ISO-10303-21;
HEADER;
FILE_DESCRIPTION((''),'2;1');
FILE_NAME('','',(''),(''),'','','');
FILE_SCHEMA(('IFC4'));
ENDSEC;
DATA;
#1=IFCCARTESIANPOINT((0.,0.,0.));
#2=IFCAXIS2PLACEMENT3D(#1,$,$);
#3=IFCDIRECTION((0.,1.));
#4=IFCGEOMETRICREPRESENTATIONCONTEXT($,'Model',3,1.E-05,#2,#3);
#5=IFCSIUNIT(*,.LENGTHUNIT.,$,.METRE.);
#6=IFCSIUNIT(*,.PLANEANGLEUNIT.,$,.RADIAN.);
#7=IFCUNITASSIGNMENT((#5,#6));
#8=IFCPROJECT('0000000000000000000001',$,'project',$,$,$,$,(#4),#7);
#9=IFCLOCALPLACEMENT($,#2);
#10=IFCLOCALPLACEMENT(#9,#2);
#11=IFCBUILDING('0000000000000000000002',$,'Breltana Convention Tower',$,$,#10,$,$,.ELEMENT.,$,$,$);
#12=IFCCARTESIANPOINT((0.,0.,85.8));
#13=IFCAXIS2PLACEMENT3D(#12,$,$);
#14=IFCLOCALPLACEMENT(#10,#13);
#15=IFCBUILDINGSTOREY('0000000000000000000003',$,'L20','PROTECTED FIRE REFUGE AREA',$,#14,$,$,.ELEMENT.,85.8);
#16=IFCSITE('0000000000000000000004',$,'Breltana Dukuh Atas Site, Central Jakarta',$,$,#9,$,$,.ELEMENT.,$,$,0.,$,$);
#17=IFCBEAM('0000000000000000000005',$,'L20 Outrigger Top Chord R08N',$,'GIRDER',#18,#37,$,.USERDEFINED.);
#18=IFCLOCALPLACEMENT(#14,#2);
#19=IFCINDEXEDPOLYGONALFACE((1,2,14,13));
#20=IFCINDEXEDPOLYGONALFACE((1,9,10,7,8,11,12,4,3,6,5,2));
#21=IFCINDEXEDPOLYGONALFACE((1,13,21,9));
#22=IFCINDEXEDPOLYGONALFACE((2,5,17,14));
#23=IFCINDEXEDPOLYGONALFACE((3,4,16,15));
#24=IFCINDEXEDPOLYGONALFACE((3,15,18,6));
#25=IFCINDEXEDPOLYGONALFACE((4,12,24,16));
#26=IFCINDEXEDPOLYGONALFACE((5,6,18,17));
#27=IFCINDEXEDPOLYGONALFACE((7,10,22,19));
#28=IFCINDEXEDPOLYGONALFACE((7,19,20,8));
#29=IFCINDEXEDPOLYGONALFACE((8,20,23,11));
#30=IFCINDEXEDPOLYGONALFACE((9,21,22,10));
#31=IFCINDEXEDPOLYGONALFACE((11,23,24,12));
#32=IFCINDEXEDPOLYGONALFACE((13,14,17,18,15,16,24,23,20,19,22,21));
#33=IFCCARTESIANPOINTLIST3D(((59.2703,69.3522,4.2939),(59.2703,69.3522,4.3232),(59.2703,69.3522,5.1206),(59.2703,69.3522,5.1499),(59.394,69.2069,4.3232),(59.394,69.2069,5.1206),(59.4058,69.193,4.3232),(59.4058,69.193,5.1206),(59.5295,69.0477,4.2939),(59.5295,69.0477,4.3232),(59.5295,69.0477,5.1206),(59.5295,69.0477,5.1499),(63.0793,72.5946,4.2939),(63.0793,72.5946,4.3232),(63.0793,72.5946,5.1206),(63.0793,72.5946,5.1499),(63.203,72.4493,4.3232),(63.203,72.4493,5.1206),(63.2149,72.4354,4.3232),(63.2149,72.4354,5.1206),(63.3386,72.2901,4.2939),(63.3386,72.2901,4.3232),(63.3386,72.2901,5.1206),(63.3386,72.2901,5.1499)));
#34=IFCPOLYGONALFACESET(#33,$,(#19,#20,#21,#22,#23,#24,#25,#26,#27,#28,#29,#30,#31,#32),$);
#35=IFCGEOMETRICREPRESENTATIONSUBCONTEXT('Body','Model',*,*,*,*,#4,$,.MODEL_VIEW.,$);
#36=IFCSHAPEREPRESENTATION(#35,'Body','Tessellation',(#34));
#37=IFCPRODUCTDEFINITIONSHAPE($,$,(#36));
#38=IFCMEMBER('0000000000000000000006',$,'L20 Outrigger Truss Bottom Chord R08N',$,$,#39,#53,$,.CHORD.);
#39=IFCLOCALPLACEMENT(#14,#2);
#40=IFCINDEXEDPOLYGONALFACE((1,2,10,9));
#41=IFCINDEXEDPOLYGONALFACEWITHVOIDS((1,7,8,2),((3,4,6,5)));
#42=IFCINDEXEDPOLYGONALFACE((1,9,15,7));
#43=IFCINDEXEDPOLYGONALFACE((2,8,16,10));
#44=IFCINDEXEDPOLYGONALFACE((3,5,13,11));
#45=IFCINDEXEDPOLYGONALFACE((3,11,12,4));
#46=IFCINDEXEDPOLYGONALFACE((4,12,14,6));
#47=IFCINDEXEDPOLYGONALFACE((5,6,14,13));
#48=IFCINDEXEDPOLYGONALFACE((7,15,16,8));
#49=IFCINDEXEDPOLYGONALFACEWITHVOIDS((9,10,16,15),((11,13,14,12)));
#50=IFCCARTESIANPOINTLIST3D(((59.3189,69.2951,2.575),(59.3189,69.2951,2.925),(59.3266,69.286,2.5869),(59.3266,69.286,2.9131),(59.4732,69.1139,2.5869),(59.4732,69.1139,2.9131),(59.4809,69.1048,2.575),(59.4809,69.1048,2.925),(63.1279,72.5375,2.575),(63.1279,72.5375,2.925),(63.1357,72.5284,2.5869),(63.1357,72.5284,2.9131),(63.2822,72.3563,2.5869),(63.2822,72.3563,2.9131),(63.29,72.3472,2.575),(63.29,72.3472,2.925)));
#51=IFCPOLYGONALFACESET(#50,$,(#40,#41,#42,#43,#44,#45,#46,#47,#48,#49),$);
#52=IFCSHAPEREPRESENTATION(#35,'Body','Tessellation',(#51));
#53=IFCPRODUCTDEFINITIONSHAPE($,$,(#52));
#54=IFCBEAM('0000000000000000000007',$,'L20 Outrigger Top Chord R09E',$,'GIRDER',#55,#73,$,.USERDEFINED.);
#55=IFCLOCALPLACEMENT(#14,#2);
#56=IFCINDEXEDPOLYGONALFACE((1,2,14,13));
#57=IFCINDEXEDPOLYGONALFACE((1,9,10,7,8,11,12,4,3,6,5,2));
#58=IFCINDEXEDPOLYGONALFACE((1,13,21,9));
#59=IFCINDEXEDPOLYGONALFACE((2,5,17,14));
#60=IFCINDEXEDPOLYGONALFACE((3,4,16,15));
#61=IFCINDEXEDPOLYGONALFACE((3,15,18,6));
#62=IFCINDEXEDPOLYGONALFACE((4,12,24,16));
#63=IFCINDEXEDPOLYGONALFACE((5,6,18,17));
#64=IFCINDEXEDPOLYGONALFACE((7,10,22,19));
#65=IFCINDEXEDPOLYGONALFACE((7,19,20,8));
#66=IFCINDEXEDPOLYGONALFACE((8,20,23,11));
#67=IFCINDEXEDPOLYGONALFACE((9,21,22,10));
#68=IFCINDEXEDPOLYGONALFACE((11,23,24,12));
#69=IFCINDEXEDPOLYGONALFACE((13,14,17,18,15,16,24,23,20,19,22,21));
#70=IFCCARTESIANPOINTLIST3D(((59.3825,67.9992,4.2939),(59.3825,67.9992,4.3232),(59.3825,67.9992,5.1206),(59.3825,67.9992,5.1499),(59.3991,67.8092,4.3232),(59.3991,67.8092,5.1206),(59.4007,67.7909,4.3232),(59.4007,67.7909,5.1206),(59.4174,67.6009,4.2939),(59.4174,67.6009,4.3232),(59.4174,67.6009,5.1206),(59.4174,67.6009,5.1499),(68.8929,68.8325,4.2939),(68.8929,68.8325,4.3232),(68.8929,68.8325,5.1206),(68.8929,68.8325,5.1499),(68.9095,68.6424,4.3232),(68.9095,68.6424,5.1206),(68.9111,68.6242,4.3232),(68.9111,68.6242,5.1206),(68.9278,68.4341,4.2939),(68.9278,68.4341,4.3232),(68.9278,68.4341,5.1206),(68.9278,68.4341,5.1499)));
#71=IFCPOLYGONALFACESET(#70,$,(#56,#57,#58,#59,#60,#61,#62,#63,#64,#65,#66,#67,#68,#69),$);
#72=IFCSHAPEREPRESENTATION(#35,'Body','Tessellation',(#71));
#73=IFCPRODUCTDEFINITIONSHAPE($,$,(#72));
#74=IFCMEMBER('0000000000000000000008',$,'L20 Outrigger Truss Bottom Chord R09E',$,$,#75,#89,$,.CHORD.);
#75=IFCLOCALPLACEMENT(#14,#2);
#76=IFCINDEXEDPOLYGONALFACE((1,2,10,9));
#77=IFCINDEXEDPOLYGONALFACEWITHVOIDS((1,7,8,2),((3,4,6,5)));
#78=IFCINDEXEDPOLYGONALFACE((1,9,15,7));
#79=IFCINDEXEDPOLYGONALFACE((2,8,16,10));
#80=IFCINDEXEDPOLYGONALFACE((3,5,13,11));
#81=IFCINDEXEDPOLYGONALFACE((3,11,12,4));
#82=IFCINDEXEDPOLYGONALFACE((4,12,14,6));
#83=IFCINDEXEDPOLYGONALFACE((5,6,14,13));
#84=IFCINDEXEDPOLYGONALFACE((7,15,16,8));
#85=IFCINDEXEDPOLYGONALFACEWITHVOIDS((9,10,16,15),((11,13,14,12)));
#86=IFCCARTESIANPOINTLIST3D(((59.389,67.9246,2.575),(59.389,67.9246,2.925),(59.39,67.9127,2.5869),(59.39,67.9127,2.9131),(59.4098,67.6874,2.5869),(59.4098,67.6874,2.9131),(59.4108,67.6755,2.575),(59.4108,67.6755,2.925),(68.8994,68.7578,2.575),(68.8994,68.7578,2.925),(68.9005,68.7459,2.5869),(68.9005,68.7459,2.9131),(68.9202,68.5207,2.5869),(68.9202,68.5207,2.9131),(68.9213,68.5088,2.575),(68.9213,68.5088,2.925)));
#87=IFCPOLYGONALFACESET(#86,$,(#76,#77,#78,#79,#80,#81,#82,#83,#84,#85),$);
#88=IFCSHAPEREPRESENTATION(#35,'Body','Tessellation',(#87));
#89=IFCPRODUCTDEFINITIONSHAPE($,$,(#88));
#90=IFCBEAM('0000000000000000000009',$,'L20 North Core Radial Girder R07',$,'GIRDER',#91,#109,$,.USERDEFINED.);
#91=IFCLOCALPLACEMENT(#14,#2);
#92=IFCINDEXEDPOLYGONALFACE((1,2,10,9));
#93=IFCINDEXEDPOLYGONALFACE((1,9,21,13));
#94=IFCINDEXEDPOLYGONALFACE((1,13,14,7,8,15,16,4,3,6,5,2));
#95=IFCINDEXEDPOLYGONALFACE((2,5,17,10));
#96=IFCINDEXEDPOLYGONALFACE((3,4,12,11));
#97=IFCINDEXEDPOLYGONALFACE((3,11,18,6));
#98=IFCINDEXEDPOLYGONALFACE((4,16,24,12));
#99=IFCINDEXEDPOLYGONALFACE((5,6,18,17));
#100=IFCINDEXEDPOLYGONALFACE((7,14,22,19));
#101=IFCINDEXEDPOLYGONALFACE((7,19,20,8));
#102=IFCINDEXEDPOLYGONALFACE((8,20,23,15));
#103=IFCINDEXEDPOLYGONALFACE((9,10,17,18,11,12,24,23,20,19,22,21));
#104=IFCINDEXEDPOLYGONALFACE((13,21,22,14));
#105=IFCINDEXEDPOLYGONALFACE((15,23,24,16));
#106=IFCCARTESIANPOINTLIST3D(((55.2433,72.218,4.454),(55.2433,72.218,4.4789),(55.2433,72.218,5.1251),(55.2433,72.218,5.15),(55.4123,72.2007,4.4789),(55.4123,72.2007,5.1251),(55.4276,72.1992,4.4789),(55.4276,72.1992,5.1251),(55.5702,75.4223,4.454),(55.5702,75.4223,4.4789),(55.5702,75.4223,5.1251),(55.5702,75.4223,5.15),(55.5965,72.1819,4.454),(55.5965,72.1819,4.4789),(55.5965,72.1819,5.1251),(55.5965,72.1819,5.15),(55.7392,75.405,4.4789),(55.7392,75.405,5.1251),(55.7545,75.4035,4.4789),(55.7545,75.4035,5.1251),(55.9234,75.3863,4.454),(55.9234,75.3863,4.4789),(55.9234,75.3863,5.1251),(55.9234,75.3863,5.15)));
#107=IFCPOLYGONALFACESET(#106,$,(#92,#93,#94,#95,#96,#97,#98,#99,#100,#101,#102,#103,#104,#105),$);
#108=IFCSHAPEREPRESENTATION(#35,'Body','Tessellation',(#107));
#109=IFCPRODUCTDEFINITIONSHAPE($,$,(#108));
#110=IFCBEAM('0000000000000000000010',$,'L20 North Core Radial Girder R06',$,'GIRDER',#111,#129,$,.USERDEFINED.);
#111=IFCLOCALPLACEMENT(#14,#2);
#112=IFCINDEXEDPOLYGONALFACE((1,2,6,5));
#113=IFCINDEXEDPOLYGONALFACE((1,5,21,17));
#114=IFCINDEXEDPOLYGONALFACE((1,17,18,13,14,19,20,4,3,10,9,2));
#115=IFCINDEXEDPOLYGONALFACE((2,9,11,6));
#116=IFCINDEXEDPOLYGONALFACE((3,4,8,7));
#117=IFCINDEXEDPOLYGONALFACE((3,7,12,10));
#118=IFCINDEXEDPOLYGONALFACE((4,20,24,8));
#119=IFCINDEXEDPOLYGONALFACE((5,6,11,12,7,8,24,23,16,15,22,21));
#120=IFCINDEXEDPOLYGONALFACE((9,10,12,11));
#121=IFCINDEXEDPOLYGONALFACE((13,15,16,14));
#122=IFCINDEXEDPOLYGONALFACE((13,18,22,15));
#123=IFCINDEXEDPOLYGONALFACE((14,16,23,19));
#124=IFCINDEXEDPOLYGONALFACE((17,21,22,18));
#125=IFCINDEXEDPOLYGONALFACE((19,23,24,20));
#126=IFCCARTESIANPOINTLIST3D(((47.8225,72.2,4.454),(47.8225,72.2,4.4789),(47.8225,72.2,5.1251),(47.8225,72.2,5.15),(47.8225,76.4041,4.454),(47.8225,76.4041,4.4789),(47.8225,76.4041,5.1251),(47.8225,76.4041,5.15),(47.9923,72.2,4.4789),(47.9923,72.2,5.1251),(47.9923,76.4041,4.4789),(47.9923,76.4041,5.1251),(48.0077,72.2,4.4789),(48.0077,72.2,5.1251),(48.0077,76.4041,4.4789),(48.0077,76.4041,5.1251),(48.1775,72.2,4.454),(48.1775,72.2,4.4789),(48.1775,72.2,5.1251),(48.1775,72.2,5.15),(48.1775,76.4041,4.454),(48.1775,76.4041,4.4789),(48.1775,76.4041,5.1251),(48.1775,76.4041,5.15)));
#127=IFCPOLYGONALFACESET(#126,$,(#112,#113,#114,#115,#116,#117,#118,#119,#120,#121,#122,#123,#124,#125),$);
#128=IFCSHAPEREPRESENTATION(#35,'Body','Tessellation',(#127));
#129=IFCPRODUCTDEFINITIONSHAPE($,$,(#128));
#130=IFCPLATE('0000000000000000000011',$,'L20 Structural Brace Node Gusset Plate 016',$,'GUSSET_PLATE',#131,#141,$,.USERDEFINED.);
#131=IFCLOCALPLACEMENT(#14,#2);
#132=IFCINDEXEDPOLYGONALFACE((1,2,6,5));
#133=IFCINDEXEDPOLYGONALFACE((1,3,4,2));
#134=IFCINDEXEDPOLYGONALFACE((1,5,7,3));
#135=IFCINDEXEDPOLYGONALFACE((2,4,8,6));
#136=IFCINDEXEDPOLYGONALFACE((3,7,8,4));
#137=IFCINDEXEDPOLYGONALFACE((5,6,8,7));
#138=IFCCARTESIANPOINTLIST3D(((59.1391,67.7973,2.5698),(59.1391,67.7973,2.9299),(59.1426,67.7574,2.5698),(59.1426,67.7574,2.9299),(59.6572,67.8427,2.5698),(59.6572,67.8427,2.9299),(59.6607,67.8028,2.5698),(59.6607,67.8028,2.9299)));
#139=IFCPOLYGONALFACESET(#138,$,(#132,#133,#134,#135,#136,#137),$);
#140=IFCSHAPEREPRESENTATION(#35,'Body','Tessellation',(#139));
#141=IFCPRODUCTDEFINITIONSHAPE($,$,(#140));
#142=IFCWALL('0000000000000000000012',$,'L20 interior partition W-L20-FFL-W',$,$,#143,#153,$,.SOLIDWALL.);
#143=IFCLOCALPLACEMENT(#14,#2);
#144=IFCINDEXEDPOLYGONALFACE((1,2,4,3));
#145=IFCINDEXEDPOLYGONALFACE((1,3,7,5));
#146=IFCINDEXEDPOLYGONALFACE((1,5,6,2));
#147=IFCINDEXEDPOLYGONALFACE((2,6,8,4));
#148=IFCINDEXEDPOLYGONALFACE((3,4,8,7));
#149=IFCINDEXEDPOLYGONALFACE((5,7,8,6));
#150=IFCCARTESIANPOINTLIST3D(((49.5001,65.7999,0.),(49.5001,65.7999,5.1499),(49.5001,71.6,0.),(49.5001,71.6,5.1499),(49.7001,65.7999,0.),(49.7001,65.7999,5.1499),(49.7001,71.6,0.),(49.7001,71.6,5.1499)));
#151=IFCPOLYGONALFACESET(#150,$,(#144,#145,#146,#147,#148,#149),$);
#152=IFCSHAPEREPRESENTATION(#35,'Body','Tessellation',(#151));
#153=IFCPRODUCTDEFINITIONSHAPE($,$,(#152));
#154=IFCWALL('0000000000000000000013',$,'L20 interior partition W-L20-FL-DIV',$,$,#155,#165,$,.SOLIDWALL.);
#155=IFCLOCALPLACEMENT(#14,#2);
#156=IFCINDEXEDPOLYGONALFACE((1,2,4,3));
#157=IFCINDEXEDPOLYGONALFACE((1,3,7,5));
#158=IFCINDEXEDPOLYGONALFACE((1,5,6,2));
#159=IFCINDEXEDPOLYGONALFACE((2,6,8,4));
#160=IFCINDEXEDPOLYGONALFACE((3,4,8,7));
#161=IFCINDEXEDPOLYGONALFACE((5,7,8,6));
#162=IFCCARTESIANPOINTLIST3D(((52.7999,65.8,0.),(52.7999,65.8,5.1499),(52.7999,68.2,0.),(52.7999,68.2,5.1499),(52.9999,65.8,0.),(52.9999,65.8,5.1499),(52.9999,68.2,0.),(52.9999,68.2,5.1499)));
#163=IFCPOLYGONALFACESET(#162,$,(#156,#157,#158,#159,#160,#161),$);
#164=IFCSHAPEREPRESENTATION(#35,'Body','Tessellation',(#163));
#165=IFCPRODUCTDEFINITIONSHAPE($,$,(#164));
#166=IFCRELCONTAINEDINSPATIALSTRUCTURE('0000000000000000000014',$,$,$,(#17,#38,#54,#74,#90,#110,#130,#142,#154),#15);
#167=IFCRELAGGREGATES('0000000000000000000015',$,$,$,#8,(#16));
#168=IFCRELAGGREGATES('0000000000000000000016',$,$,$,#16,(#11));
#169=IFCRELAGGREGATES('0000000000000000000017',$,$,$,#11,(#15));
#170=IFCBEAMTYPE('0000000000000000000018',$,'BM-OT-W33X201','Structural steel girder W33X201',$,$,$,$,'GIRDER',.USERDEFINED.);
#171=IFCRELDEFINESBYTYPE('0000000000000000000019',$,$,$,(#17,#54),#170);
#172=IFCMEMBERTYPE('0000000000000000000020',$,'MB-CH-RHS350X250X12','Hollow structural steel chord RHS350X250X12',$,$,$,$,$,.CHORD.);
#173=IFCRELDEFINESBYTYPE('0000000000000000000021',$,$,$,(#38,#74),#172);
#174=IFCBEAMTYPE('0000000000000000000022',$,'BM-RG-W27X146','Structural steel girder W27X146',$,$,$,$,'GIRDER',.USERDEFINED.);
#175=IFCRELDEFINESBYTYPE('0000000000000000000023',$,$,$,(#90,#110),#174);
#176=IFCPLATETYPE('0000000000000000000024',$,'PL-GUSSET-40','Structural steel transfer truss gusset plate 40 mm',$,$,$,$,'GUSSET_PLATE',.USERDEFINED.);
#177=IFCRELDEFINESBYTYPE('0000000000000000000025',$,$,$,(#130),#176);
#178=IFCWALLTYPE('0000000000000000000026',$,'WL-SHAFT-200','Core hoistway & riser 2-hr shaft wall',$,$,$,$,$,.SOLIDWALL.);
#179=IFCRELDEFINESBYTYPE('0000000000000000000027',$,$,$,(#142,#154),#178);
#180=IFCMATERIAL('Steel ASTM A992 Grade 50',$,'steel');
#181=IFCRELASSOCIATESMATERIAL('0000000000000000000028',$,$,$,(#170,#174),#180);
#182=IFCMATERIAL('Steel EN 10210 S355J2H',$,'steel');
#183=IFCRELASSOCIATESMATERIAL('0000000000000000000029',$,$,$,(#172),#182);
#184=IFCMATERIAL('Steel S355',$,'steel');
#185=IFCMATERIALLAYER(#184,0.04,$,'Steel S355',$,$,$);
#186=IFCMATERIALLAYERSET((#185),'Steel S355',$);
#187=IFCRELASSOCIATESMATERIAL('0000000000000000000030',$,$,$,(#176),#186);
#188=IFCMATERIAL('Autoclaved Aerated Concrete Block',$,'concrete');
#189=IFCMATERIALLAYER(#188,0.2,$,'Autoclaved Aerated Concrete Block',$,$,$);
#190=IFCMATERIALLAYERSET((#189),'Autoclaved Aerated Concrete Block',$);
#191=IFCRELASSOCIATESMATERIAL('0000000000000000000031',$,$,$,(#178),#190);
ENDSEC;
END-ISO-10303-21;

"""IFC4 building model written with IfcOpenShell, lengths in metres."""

from ifc_helpers import new_model, si_unit, direction, frame, frame_2d, origin, origin_2d, place, context, subcontext, project, spatial, rectangle, hollow_rectangle, i_section, extrude, source, transform, mapped, material, layer, layer_set, material_profile, profile_set, type_object, element, save


model = new_model("IFC4")

# Units and contexts
model_context = context("Model", 3, precision=1e-05, world=origin(), true_north=direction((0.0, 1.0)))
body_context = subcontext(model_context, "Body", "Model", "MODEL_VIEW")
ifc_project = project(units=[si_unit("LENGTHUNIT", "METRE"), si_unit("PLANEANGLEUNIT", "RADIAN")], contexts=[model_context])

# Site, building, storey
site_placement = place(None, origin())
site = spatial("IfcSite", under=ifc_project, at=site_placement, Name="Breltana Dukuh Atas Site, Central Jakarta", CompositionType="ELEMENT", RefElevation=0.0)
building_placement = place(site_placement, origin())
building = spatial("IfcBuilding", under=site, at=building_placement, Name="Breltana Convention Tower", CompositionType="ELEMENT")
storey_placement = place(building_placement, frame((0.0, 0.0, 85.8)))
storey = spatial("IfcBuildingStorey", under=building, at=storey_placement, Name="L20", Description="PROTECTED FIRE REFUGE AREA", CompositionType="ELEMENT", Elevation=85.8)

# Beam
ifc_material_1 = material(Name="Steel ASTM A992 Grade 50", Category="steel")
ifc_material_profile_1 = material_profile(ifc_material_1, i_section(OverallWidth=0.3999, OverallDepth=0.856, WebThickness=0.0183, FlangeThickness=0.0293, at=origin_2d()), Name="W33X201")
ifc_profile_set_1 = profile_set([ifc_material_profile_1], Name="Steel ASTM A992 Grade 50")
beam_type_1 = type_object("IfcBeamType", Name="BM-OT-W33X201", Description="Structural steel girder W33X201", ElementType="GIRDER", PredefinedType="USERDEFINED", material=ifc_profile_set_1)
shared_shape_1 = source(origin(), body_context, "Body", "SweptSolid", [
    extrude(i_section(OverallWidth=0.3999, OverallDepth=0.856, WebThickness=0.0183, FlangeThickness=0.0293, at=origin_2d()), origin(), (0.0, 0.0, 1.0), 5.0022),
])
beam_1_placement = place(storey_placement, frame((59.3999, 69.2, 4.7219), z_axis=(0.761474, 0.648195, 0.0), x_axis=(-0.648195, 0.761474, 0.0)))
element("IfcBeam", 1, at=beam_1_placement, inside=storey, type_object=beam_type_1, Name="L20 Outrigger Top Chord R08N", ObjectType="GIRDER", PredefinedType="USERDEFINED", context=body_context, shape_type="MappedRepresentation", body=[
    mapped(shared_shape_1, transform((0.0, 0.0, 0.0), scale=1.0)),
])

# Member
ifc_material_2 = material(Name="Steel EN 10210 S355J2H", Category="steel")
ifc_material_profile_2 = material_profile(ifc_material_2, hollow_rectangle(XDim=0.25, YDim=0.3501, WallThickness=0.012, at=origin_2d()), Name="RHS350X250X12")
ifc_profile_set_2 = profile_set([ifc_material_profile_2], Name="Steel EN 10210 S355J2H")
member_type = type_object("IfcMemberType", Name="MB-CH-RHS350X250X12", Description="Hollow structural steel chord RHS350X250X12", PredefinedType="CHORD", material=ifc_profile_set_2)
shared_shape_2 = source(origin(), body_context, "Body", "SweptSolid", [
    extrude(hollow_rectangle(XDim=0.25, YDim=0.3501, WallThickness=0.012, at=origin_2d()), origin(), (0.0, 0.0, 1.0), 5.0022),
])
member_1_placement = place(storey_placement, frame((59.3999, 69.2, 2.75), z_axis=(0.761474, 0.648195, 0.0), x_axis=(-0.648195, 0.761474, 0.0)))
element("IfcMember", 2, at=member_1_placement, inside=storey, type_object=member_type, Name="L20 Outrigger Truss Bottom Chord R08N", PredefinedType="CHORD", context=body_context, shape_type="MappedRepresentation", body=[
    mapped(shared_shape_2, transform((0.0, 0.0, 0.0), scale=1.0)),
])

# Beam
shared_shape_3 = source(origin(), body_context, "Body", "SweptSolid", [
    extrude(i_section(OverallWidth=0.3999, OverallDepth=0.856, WebThickness=0.0183, FlangeThickness=0.0293, at=origin_2d()), origin(), (0.0, 0.0, 1.0), 9.5469),
])
beam_2_placement = place(storey_placement, frame((59.3999, 67.8, 4.7219), z_axis=(0.996184, 0.08728, 0.0), x_axis=(-0.08728, 0.996184, 0.0)))
element("IfcBeam", 3, at=beam_2_placement, inside=storey, type_object=beam_type_1, Name="L20 Outrigger Top Chord R09E", ObjectType="GIRDER", PredefinedType="USERDEFINED", context=body_context, shape_type="MappedRepresentation", body=[
    mapped(shared_shape_3, transform((0.0, 0.0, 0.0), scale=1.0)),
])

# Member
shared_shape_4 = source(origin(), body_context, "Body", "SweptSolid", [
    extrude(hollow_rectangle(XDim=0.25, YDim=0.3501, WallThickness=0.012, at=origin_2d()), origin(), (0.0, 0.0, 1.0), 9.5469),
])
member_2_placement = place(storey_placement, frame((59.3999, 67.8, 2.75), z_axis=(0.996184, 0.08728, 0.0), x_axis=(-0.08728, 0.996184, 0.0)))
element("IfcMember", 4, at=member_2_placement, inside=storey, type_object=member_type, Name="L20 Outrigger Truss Bottom Chord R09E", PredefinedType="CHORD", context=body_context, shape_type="MappedRepresentation", body=[
    mapped(shared_shape_4, transform((0.0, 0.0, 0.0), scale=1.0)),
])

# Beams
ifc_material_profile_3 = material_profile(ifc_material_1, i_section(OverallWidth=0.355, OverallDepth=0.696, WebThickness=0.0154, FlangeThickness=0.0249, at=origin_2d()), Name="W27X146")
ifc_profile_set_3 = profile_set([ifc_material_profile_3], Name="Steel ASTM A992 Grade 50")
beam_type_2 = type_object("IfcBeamType", Name="BM-RG-W27X146", Description="Structural steel girder W27X146", ElementType="GIRDER", PredefinedType="USERDEFINED", material=ifc_profile_set_3)
shared_shape_5 = source(origin(), body_context, "Body", "SweptSolid", [
    extrude(i_section(OverallWidth=0.355, OverallDepth=0.696, WebThickness=0.0154, FlangeThickness=0.0249, at=origin_2d()), origin(), (0.0, 0.0, 1.0), 3.2209),
])
beam_3_placement = place(storey_placement, frame((55.4199, 72.2, 4.802), z_axis=(0.101492, 0.994836, 0.0), x_axis=(-0.994836, 0.101492, 0.0)))
element("IfcBeam", 5, at=beam_3_placement, inside=storey, type_object=beam_type_2, Name="L20 North Core Radial Girder R07", ObjectType="GIRDER", PredefinedType="USERDEFINED", context=body_context, shape_type="MappedRepresentation", body=[
    mapped(shared_shape_5, transform((0.0, 0.0, 0.0), scale=1.0)),
])
shared_shape_6 = source(origin(), body_context, "Body", "SweptSolid", [
    extrude(i_section(OverallWidth=0.355, OverallDepth=0.696, WebThickness=0.0154, FlangeThickness=0.0249, at=origin_2d()), origin(), (0.0, 0.0, 1.0), 4.2041),
])
beam_4_placement = place(storey_placement, frame((48.0, 72.2, 4.802), z_axis=(0.0, 1.0, 0.0), x_axis=(-1.0, 0.0, 0.0)))
element("IfcBeam", 6, at=beam_4_placement, inside=storey, type_object=beam_type_2, Name="L20 North Core Radial Girder R06", ObjectType="GIRDER", PredefinedType="USERDEFINED", context=body_context, shape_type="MappedRepresentation", body=[
    mapped(shared_shape_6, transform((0.0, 0.0, 0.0), scale=1.0)),
])

# Plate
ifc_material_3 = material(Name="Steel S355", Category="steel")
ifc_layer_1 = layer(ifc_material_3, 0.04, Name="Steel S355")
ifc_layer_set_1 = layer_set([ifc_layer_1], Name="Steel S355")
plate_type = type_object("IfcPlateType", Name="PL-GUSSET-40", Description="Structural steel transfer truss gusset plate 40 mm", ElementType="GUSSET_PLATE", PredefinedType="USERDEFINED", material=ifc_layer_set_1)
shared_shape_7 = source(origin(), body_context, "Body", "SweptSolid", [
    extrude(rectangle(XDim=0.52, YDim=0.04, at=origin_2d()), origin(), (0.0, 0.0, 1.0), 0.3601),
])
plate_placement = place(storey_placement, frame((59.3999, 67.8, 2.5698), z_axis=(0.0, 0.0, 1.0), x_axis=(0.996179, 0.08733, 0.0)))
element("IfcPlate", 7, at=plate_placement, inside=storey, type_object=plate_type, Name="L20 Structural Brace Node Gusset Plate 016", ObjectType="GUSSET_PLATE", PredefinedType="USERDEFINED", context=body_context, shape_type="MappedRepresentation", body=[
    mapped(shared_shape_7, transform((0.0, 0.0, 0.0), scale=1.0)),
])

# Shared definitions
ifc_material_4 = material(Name="Autoclaved Aerated Concrete Block", Category="concrete")
ifc_layer_2 = layer(ifc_material_4, 0.2, Name="Autoclaved Aerated Concrete Block")
ifc_layer_set_2 = layer_set([ifc_layer_2], Name="Autoclaved Aerated Concrete Block")
wall_type = type_object("IfcWallType", Name="WL-SHAFT-200", Description="Core hoistway & riser 2-hr shaft wall", PredefinedType="SOLIDWALL", material=ifc_layer_set_2)

# Walls
shared_shape_8 = source(origin(), body_context, "Body", "SweptSolid", [
    extrude(rectangle(XDim=5.8, YDim=0.2, at=frame_2d((2.8999, 0.0))), origin(), (0.0, 0.0, 1.0), 5.1499),
])
wall_1_placement = place(storey_placement, frame((49.6001, 65.8, 0.0), z_axis=(0.0, 0.0, 1.0), x_axis=(0.0, 1.0, 0.0)))
element("IfcWall", 8, at=wall_1_placement, inside=storey, type_object=wall_type, Name="L20 interior partition W-L20-FFL-W", PredefinedType="SOLIDWALL", context=body_context, shape_type="MappedRepresentation", body=[
    mapped(shared_shape_8, transform((0.0, 0.0, 0.0), scale=1.0)),
])
shared_shape_9 = source(origin(), body_context, "Body", "SweptSolid", [
    extrude(rectangle(XDim=2.3999, YDim=0.2, at=frame_2d((1.2, 0.0))), origin(), (0.0, 0.0, 1.0), 5.1499),
])
for number, where, z_axis, x_axis, name in (
    (9, (52.8999, 65.8, 0.0), (0.0, 0.0, 1.0), (0.0, 1.0, 0.0), "L20 interior partition W-L20-FL-DIV"),
):
    element("IfcWall", number, at=place(storey_placement, frame(where, z_axis=z_axis, x_axis=x_axis)), inside=storey, type_object=wall_type, Name=name, PredefinedType="SOLIDWALL", context=body_context, shape_type="MappedRepresentation", body=[
        mapped(shared_shape_9, transform((0.0, 0.0, 0.0), scale=1.0)),
    ])

save(model, "model.ifc")
